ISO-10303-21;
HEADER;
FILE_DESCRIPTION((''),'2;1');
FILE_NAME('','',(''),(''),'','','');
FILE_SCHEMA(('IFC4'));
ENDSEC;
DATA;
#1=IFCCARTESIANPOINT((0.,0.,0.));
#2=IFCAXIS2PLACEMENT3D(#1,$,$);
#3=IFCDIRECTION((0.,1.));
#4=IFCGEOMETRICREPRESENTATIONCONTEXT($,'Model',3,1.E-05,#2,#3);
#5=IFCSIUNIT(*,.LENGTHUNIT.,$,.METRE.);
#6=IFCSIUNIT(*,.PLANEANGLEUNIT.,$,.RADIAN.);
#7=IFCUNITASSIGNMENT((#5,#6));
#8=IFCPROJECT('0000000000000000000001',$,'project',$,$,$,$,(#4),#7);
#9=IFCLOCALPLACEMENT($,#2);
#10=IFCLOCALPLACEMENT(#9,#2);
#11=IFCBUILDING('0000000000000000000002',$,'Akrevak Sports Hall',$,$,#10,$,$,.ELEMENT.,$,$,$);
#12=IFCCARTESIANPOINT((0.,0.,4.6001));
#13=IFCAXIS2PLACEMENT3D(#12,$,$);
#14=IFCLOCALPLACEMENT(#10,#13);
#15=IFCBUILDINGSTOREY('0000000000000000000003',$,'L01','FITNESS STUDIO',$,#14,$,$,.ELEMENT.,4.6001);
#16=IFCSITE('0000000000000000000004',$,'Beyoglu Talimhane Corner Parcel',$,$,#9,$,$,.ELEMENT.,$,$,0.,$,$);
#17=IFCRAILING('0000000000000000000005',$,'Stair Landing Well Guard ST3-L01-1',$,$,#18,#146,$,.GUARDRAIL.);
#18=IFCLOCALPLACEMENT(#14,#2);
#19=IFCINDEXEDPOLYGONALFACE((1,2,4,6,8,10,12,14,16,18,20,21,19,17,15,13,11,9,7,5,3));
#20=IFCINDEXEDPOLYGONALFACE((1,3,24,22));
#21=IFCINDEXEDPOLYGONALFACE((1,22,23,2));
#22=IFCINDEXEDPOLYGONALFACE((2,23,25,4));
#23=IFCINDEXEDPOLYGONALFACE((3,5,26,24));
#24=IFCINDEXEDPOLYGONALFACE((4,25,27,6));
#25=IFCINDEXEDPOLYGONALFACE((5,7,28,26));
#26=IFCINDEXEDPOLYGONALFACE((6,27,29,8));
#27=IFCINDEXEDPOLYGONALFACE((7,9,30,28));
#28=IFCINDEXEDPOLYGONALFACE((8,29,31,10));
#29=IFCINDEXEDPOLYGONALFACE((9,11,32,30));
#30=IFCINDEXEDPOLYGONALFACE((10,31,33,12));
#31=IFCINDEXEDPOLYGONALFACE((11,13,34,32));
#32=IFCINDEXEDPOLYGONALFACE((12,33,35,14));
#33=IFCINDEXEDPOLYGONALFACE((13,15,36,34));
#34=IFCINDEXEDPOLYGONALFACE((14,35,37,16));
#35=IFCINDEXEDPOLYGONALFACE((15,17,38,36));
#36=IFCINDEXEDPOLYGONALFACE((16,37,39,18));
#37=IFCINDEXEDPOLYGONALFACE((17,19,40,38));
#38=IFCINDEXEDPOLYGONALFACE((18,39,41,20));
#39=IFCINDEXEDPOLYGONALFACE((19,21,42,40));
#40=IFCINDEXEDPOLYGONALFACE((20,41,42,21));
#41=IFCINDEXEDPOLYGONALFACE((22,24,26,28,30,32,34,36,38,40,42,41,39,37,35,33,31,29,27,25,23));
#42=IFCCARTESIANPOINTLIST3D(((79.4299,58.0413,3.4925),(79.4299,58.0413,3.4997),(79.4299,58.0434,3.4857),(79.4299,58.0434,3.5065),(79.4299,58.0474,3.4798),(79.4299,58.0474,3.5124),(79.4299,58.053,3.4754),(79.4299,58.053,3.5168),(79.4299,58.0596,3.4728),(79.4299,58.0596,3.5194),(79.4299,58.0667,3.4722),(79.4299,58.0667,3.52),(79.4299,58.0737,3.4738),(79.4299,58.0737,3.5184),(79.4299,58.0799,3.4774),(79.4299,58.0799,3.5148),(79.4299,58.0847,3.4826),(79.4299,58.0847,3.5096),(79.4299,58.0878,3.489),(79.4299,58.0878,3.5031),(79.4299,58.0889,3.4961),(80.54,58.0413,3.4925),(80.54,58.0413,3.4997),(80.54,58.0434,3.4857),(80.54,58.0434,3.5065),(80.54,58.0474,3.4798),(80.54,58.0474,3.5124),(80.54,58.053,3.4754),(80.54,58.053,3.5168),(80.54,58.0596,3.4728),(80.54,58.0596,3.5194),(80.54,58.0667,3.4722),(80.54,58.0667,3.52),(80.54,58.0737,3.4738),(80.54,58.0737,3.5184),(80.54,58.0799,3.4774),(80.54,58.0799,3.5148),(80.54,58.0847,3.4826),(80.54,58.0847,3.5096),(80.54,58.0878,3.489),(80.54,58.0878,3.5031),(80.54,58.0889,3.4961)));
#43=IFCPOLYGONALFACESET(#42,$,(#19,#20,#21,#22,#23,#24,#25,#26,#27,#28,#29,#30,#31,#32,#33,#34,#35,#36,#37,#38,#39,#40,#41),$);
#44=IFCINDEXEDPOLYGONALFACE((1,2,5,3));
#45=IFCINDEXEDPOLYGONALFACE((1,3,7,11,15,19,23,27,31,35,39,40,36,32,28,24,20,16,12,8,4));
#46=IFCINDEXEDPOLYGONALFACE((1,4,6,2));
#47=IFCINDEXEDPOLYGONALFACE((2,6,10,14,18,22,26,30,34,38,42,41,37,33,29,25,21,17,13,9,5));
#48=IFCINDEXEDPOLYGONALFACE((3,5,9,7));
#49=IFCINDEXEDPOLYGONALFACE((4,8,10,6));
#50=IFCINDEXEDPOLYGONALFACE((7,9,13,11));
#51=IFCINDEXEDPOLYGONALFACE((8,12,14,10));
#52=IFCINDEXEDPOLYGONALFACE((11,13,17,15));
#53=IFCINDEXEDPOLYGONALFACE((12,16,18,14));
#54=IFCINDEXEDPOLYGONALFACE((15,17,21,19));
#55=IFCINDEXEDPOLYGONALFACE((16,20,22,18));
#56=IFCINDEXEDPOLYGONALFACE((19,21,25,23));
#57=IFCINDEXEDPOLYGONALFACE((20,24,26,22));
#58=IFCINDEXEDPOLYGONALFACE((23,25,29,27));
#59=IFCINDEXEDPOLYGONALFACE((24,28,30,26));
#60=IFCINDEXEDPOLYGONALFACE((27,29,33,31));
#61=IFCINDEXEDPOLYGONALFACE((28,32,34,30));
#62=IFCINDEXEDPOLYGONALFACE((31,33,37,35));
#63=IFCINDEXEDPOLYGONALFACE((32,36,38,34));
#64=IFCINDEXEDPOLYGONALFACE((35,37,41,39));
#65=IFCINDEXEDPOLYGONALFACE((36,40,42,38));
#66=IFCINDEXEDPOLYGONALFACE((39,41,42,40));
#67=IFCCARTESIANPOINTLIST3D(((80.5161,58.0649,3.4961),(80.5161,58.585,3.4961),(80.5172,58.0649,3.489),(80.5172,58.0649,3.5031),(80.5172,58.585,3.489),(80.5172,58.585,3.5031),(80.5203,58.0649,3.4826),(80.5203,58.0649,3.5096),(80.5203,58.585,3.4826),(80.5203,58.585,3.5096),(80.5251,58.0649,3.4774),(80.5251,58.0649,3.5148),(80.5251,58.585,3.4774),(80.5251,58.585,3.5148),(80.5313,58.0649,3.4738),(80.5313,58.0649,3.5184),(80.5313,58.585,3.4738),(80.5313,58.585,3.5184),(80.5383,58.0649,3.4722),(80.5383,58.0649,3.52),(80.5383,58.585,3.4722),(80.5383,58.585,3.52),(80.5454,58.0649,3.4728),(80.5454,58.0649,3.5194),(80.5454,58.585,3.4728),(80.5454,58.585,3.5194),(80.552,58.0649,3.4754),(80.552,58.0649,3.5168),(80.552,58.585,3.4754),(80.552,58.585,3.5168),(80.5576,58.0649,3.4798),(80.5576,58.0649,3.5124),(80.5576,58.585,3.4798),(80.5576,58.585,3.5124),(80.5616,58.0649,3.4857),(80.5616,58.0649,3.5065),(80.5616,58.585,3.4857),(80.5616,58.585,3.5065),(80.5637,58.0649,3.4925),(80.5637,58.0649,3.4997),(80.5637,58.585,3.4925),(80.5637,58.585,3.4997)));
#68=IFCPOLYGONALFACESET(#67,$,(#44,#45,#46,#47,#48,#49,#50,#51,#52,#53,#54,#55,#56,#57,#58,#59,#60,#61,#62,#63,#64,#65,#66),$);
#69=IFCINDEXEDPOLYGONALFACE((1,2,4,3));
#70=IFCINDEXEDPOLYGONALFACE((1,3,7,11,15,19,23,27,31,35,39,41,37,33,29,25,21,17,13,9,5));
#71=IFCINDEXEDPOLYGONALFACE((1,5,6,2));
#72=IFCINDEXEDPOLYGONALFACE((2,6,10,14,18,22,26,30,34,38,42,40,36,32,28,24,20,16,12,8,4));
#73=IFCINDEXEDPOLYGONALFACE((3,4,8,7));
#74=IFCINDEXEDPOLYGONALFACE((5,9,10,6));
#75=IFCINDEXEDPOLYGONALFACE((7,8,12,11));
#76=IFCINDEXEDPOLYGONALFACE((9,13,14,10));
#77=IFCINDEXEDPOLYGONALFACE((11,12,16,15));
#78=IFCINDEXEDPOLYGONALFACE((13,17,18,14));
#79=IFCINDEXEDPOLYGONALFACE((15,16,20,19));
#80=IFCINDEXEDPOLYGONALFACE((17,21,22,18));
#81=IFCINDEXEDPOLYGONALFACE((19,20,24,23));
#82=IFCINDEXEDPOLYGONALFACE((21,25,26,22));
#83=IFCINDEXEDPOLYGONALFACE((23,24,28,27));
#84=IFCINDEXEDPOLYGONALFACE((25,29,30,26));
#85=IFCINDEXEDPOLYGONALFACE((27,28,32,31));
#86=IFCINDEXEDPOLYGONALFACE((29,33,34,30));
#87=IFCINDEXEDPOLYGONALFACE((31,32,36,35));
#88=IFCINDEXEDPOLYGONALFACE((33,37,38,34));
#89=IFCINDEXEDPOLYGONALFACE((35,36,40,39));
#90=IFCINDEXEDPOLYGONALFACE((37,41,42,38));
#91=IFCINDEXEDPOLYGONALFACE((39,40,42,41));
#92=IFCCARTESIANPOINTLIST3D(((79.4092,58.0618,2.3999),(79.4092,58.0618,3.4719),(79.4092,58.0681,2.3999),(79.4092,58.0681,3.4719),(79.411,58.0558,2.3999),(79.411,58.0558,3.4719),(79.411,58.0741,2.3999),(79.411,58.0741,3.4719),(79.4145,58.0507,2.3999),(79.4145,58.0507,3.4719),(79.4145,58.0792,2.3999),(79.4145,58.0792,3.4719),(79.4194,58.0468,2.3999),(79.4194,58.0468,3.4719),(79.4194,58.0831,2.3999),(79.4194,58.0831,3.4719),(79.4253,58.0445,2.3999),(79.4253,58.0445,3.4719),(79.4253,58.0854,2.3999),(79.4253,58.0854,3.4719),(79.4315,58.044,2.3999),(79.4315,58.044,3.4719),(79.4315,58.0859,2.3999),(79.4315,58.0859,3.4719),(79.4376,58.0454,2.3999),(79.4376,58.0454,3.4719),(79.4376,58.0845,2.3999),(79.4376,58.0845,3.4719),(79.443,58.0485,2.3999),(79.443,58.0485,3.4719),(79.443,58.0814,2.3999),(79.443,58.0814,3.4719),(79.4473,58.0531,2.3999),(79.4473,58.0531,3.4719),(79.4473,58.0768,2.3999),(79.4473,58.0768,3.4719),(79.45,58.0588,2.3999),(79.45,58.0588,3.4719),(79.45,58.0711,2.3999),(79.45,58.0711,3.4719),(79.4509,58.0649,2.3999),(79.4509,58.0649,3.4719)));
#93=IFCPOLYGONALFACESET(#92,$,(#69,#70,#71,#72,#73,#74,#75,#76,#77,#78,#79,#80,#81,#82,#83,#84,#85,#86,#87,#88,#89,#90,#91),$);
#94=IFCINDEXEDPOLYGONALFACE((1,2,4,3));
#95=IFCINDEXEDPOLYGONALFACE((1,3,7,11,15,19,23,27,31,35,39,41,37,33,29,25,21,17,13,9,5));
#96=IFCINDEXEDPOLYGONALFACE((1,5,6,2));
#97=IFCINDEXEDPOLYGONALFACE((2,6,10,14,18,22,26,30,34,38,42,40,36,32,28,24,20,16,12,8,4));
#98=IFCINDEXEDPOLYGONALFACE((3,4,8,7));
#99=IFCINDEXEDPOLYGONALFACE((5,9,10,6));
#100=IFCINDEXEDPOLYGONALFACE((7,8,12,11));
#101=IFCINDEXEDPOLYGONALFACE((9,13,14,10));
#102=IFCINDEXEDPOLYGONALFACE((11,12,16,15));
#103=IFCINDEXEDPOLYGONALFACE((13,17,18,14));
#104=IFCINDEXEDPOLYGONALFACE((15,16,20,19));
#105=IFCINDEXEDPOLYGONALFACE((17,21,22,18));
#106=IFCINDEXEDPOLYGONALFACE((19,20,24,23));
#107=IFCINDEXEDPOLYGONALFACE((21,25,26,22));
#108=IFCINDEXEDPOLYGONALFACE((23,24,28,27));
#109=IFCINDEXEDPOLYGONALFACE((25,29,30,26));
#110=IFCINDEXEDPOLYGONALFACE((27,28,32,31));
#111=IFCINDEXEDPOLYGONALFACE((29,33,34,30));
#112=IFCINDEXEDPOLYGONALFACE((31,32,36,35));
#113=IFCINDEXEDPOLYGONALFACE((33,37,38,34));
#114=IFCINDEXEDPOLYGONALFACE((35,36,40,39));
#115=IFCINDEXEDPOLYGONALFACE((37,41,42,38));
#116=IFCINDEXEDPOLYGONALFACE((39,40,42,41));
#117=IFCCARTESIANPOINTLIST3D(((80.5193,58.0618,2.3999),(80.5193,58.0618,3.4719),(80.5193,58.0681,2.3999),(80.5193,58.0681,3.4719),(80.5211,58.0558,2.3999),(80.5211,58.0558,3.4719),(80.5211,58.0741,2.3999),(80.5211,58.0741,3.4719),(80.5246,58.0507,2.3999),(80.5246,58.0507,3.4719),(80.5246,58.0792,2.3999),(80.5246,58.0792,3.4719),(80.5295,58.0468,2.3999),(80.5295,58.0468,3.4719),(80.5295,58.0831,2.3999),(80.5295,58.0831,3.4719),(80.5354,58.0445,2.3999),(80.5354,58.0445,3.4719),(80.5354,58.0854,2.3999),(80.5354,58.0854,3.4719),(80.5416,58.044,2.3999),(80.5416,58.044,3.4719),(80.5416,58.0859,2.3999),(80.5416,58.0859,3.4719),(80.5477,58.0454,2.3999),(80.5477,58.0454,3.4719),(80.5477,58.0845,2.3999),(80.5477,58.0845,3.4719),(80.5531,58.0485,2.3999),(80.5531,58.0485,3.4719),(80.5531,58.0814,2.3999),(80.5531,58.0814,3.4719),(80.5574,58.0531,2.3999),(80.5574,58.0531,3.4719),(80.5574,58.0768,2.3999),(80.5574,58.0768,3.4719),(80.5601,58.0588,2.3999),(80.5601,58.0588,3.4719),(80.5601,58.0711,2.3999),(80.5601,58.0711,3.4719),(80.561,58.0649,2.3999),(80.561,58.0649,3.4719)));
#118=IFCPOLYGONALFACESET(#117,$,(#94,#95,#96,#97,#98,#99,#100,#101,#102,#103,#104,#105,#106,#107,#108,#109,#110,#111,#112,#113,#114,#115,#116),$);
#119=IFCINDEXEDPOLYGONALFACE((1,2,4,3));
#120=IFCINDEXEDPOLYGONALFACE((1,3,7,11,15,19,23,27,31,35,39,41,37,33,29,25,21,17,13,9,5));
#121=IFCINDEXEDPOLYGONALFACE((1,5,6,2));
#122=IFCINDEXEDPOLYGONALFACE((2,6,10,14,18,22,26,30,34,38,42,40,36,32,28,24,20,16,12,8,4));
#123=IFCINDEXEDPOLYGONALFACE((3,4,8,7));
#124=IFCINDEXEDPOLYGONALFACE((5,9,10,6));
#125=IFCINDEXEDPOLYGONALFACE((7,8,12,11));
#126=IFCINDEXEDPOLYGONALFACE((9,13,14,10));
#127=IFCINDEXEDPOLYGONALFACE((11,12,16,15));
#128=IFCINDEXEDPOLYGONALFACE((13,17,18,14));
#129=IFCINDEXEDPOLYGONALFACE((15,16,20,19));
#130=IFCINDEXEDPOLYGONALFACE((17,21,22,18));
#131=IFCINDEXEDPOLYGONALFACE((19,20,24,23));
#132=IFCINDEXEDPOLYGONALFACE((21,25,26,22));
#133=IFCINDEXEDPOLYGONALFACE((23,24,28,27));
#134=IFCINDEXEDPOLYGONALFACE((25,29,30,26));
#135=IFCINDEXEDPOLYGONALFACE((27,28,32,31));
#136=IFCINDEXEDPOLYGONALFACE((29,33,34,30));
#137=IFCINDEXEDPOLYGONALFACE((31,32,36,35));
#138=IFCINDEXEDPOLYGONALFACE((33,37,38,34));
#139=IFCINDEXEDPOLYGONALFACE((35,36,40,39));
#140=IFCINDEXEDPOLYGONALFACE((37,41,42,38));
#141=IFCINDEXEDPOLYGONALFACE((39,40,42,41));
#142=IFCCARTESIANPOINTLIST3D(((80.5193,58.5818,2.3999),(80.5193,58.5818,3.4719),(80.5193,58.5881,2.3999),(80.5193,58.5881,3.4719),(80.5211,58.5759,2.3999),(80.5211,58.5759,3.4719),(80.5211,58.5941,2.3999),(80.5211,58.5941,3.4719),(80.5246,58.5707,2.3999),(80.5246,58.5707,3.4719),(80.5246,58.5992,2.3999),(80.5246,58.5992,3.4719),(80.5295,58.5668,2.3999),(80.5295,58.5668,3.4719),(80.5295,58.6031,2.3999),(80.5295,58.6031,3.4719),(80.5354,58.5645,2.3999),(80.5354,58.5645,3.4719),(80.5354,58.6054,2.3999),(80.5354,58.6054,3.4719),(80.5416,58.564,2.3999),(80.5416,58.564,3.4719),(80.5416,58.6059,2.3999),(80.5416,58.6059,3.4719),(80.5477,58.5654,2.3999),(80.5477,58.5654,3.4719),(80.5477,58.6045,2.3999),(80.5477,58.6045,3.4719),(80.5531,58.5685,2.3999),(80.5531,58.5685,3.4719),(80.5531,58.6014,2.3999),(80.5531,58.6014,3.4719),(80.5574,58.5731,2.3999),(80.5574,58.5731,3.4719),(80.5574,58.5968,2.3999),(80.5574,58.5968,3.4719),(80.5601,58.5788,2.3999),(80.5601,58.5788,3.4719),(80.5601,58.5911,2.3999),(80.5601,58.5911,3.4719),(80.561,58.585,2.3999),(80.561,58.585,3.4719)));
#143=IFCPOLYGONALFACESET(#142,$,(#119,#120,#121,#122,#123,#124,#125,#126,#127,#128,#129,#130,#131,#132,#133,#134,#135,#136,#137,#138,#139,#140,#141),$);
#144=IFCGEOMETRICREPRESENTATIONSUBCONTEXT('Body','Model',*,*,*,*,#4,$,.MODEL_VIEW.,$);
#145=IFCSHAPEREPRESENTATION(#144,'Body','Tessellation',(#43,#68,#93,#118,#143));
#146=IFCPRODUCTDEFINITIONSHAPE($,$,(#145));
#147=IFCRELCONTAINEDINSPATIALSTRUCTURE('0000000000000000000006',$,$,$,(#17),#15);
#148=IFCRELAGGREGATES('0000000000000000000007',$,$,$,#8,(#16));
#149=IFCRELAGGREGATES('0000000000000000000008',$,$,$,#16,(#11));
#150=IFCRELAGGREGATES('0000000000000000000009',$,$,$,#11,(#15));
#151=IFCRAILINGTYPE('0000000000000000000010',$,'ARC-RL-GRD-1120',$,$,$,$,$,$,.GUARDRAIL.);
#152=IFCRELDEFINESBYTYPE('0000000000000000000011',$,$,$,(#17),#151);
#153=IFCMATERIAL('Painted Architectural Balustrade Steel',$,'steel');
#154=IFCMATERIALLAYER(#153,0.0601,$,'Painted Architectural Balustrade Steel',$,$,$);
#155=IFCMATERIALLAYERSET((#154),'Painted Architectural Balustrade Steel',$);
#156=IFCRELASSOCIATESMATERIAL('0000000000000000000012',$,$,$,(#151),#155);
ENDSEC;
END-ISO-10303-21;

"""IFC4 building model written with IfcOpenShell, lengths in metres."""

from ifc_helpers import new_model, si_unit, direction, frame, origin, origin_2d, place, context, subcontext, project, spatial, circle, extrude, material, layer, layer_set, type_object, element, save


model = new_model("IFC4")

# Units and contexts
model_context = context("Model", 3, precision=1e-05, world=origin(), true_north=direction((0.0, 1.0)))
body_context = subcontext(model_context, "Body", "Model", "MODEL_VIEW")
ifc_project = project(units=[si_unit("LENGTHUNIT", "METRE"), si_unit("PLANEANGLEUNIT", "RADIAN")], contexts=[model_context])

# Site, building, storey
site_placement = place(None, origin())
site = spatial("IfcSite", under=ifc_project, at=site_placement, Name="Beyoglu Talimhane Corner Parcel", CompositionType="ELEMENT", RefElevation=0.0)
building_placement = place(site_placement, origin())
building = spatial("IfcBuilding", under=site, at=building_placement, Name="Akrevak Sports Hall", CompositionType="ELEMENT")
storey_placement = place(building_placement, frame((0.0, 0.0, 4.6001)))
storey = spatial("IfcBuildingStorey", under=building, at=storey_placement, Name="L01", Description="FITNESS STUDIO", CompositionType="ELEMENT", Elevation=4.6001)

# Railing
ifc_material_1 = material(Name="Painted Architectural Balustrade Steel", Category="steel")
ifc_layer_1 = layer(ifc_material_1, 0.0601, Name="Painted Architectural Balustrade Steel")
ifc_layer_set_1 = layer_set([ifc_layer_1], Name="Painted Architectural Balustrade Steel")
railing_type_1 = type_object("IfcRailingType", Name="ARC-RL-GRD-1120", PredefinedType="GUARDRAIL", material=ifc_layer_set_1)
railing_1_placement = place(storey_placement, frame((79.4299, 58.0649, 2.3999)))
element("IfcRailing", 1, at=railing_1_placement, inside=storey, type_object=railing_type_1, Name="Stair Landing Well Guard ST3-L01-1", PredefinedType="GUARDRAIL", context=body_context, shape_type="SweptSolid", body=[
    extrude(circle(Radius=0.0239, at=origin_2d()), frame((0.0, 0.0, 1.0962), z_axis=(1.0, 0.0, 0.0), x_axis=(0.0, 1.0, 0.0)), (0.0, 0.0, 1.0), 1.1101),
    extrude(circle(Radius=0.0239, at=origin_2d()), frame((1.1101, 0.0, 1.0962), z_axis=(0.0, 1.0, 0.0), x_axis=(-1.0, 0.0, 0.0)), (0.0, 0.0, 1.0), 0.52),
    extrude(circle(Radius=0.021, at=origin_2d()), origin(), (0.0, 0.0, 1.0), 1.072),
    extrude(circle(Radius=0.021, at=origin_2d()), frame((1.1101, 0.0, 0.0)), (0.0, 0.0, 1.0), 1.072),
    extrude(circle(Radius=0.021, at=origin_2d()), frame((1.1101, 0.52, 0.0)), (0.0, 0.0, 1.0), 1.072),
])

save(model, "model.ifc")
